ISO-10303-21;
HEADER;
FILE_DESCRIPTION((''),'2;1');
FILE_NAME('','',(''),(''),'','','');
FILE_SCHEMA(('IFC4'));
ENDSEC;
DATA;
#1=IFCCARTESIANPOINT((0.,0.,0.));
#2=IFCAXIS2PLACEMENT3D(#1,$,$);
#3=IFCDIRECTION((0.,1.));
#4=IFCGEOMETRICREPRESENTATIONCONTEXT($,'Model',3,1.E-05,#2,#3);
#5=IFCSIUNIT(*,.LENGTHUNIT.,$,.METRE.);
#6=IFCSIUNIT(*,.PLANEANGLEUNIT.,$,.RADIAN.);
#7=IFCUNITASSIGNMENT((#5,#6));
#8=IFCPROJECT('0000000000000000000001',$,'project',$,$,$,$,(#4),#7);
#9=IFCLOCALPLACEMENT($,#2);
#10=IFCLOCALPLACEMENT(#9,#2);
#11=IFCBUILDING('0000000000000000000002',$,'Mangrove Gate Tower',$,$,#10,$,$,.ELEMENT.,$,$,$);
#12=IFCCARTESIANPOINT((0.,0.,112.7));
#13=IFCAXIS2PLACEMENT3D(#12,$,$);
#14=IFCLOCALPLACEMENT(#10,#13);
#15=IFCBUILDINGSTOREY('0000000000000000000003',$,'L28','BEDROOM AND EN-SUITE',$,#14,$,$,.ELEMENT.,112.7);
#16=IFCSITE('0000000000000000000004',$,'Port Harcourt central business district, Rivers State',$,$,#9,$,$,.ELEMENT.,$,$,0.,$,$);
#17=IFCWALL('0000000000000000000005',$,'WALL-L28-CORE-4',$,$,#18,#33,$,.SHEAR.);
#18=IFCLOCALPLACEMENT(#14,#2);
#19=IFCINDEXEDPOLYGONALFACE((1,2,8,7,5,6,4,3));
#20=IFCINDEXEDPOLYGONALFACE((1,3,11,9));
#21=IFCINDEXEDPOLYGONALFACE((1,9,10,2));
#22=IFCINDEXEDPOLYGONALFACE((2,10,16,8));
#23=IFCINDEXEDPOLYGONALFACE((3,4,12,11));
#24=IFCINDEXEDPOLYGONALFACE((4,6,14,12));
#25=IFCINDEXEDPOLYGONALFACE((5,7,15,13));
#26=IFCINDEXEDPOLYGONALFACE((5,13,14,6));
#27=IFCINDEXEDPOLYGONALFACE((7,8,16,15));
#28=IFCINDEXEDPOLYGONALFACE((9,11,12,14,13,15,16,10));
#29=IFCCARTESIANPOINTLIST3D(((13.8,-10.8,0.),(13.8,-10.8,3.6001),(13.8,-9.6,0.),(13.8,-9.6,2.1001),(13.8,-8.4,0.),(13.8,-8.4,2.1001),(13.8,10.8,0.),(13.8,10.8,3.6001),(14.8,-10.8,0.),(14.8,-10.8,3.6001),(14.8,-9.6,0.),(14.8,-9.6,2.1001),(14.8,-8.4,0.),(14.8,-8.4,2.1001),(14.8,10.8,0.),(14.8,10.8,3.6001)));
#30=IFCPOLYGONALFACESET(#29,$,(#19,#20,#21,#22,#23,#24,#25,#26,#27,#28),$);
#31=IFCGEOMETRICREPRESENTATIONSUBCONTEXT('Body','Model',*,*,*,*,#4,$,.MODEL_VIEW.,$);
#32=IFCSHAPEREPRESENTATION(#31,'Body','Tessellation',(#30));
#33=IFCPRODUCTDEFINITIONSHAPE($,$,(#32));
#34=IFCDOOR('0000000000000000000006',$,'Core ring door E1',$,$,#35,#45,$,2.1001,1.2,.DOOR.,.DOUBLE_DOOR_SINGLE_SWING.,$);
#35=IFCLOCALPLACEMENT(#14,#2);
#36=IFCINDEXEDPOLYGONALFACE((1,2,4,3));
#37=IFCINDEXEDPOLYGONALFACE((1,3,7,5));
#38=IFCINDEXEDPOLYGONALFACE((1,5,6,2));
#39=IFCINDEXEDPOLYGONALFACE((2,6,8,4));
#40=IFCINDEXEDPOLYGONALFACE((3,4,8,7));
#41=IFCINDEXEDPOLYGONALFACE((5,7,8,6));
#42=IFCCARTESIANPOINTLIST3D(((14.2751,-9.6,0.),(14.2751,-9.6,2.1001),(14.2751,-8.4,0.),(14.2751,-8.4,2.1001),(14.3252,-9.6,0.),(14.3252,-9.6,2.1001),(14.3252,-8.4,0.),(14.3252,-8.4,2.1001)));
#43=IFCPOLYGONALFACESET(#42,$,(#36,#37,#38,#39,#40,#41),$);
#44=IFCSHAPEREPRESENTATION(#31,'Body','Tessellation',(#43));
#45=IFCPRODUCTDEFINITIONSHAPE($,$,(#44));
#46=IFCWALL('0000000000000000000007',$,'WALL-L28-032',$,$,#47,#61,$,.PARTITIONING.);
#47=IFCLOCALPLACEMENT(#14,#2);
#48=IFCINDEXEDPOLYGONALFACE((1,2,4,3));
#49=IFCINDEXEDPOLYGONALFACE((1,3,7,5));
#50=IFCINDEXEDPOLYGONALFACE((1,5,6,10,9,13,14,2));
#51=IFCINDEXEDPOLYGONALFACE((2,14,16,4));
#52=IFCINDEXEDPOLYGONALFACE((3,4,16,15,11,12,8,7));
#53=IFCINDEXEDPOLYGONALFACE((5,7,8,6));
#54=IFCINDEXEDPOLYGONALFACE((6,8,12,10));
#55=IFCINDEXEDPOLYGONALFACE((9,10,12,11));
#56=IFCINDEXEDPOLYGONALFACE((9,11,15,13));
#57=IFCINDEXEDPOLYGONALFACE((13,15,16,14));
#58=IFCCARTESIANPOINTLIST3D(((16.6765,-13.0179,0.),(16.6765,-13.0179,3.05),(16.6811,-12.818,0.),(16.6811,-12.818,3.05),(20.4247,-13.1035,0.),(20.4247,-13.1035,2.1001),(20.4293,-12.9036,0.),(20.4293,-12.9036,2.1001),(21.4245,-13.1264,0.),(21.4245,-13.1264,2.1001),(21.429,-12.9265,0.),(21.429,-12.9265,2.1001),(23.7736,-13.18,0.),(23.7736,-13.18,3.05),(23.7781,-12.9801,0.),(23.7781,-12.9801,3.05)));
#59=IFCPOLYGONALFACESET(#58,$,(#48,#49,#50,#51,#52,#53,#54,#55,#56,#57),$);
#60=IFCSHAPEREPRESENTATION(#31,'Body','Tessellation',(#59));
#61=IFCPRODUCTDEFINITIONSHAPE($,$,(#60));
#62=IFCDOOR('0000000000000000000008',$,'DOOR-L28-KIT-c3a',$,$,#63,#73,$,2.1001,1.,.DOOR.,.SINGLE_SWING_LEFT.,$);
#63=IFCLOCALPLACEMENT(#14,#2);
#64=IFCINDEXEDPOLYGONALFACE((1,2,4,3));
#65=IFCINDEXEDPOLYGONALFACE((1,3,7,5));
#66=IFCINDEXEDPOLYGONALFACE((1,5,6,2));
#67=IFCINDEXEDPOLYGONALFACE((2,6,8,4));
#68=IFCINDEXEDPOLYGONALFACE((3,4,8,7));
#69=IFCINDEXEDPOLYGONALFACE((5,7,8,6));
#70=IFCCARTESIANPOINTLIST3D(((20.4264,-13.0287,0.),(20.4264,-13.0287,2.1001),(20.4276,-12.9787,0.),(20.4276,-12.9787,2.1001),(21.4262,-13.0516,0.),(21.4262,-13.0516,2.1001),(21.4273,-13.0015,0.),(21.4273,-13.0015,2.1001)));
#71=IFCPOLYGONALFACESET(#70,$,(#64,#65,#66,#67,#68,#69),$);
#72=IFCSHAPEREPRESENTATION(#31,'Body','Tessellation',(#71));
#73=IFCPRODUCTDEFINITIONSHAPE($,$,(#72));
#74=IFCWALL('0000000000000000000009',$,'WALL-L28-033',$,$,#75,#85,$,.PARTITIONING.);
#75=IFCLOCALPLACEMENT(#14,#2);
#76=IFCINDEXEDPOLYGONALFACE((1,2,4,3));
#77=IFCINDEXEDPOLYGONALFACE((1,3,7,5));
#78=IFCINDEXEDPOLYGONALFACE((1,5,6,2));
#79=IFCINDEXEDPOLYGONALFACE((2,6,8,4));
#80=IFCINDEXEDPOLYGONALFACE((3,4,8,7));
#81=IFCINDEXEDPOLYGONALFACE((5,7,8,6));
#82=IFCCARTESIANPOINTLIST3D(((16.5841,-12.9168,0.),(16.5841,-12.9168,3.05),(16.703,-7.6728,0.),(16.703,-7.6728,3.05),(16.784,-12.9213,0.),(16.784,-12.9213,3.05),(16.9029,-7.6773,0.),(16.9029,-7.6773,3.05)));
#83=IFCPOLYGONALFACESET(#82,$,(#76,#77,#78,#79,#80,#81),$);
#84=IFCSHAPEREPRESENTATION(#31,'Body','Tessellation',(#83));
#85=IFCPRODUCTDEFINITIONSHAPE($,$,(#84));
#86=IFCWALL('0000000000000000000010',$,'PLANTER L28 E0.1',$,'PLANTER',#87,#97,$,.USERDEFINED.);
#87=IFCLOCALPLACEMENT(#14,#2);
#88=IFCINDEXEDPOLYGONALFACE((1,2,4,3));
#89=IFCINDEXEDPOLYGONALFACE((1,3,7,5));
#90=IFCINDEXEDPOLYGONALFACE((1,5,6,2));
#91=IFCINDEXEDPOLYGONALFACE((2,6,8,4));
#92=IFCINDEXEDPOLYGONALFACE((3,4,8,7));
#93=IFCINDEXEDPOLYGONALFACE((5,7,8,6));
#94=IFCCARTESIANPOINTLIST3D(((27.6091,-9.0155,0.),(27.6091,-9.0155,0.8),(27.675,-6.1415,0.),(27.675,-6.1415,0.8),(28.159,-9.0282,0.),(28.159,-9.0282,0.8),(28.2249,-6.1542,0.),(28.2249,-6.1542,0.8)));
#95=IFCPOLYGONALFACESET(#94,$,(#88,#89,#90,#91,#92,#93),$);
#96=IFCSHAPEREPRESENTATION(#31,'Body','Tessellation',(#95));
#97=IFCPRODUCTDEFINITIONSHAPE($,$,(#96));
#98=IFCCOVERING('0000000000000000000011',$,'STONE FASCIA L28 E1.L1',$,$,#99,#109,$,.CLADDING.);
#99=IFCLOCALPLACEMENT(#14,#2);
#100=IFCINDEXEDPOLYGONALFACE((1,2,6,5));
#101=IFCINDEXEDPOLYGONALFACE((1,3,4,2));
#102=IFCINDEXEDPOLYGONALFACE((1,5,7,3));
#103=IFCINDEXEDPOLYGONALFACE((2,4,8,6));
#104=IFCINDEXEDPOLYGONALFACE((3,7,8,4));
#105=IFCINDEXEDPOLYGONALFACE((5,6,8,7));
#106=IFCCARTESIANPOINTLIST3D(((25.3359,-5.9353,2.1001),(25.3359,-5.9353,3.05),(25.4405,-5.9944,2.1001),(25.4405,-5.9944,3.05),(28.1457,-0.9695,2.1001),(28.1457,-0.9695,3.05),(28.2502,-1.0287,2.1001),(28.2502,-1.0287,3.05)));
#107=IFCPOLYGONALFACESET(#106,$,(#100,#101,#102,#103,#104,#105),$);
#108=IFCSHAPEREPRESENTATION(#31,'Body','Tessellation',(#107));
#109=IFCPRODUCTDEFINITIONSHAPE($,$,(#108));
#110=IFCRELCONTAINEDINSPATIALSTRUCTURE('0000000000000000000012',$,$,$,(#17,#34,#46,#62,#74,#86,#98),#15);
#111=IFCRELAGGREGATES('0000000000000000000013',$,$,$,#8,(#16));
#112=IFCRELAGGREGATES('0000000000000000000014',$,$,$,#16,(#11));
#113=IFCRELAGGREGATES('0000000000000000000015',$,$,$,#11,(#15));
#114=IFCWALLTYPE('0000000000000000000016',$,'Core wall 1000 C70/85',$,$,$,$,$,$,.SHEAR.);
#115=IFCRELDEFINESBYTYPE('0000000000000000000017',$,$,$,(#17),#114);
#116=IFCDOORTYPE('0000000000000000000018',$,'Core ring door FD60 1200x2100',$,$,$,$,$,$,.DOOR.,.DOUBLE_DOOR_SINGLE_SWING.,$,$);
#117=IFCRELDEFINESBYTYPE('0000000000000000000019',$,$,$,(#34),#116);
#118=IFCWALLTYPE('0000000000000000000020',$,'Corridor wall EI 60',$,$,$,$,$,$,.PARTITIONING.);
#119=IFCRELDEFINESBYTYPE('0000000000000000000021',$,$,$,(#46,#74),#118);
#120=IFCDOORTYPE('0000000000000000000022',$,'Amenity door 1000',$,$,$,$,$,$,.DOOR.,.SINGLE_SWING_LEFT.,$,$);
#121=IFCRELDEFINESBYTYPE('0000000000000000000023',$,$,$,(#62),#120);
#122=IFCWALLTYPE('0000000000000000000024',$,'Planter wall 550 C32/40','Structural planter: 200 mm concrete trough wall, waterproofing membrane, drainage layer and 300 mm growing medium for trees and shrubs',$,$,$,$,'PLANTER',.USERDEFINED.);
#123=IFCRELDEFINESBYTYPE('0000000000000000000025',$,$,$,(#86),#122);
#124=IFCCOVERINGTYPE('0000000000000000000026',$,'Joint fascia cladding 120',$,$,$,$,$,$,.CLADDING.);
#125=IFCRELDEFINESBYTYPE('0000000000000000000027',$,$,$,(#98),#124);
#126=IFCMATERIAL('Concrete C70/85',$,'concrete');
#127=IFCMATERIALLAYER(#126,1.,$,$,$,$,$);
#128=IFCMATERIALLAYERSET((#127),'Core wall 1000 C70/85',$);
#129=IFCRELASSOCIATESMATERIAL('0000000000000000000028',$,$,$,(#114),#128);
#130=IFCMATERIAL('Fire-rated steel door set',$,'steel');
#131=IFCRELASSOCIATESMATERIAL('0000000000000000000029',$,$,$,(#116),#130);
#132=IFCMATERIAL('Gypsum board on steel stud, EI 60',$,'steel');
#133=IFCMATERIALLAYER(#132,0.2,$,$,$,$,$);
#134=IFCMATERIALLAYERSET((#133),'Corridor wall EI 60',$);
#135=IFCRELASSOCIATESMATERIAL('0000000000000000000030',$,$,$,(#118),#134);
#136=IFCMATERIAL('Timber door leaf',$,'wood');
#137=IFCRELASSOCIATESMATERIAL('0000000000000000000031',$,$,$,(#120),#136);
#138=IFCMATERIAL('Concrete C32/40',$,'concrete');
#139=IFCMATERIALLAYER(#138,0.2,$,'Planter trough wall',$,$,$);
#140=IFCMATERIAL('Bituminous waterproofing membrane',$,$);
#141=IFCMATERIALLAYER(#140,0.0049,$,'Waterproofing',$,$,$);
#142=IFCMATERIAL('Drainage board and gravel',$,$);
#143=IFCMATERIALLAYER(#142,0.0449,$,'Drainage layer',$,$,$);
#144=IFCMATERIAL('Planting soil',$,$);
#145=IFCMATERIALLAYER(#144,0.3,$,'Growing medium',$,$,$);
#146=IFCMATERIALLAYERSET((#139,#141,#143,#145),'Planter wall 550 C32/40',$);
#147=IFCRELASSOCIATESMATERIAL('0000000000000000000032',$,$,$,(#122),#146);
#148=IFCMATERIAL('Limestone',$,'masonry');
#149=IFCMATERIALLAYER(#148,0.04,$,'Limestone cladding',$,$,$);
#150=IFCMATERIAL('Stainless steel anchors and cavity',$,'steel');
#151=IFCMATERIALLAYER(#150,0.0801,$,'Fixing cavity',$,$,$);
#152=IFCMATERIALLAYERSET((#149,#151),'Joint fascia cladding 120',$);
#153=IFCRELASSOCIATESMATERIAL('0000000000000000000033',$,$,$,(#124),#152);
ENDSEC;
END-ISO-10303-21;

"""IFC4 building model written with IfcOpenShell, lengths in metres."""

from ifc_helpers import new_model, si_unit, direction, frame, frame_2d, origin, place, context, subcontext, project, spatial, rectangle, extrude, material, layer, layer_set, type_object, element, fill, save


model = new_model("IFC4")

# Units and contexts
model_context = context("Model", 3, precision=1e-05, world=origin(), true_north=direction((0.0, 1.0)))
body_context = subcontext(model_context, "Body", "Model", "MODEL_VIEW")
ifc_project = project(units=[si_unit("LENGTHUNIT", "METRE"), si_unit("PLANEANGLEUNIT", "RADIAN")], contexts=[model_context])

# Site, building, storey
site_placement = place(None, origin())
site = spatial("IfcSite", under=ifc_project, at=site_placement, Name="Port Harcourt central business district, Rivers State", CompositionType="ELEMENT", RefElevation=0.0)
building_placement = place(site_placement, origin())
building = spatial("IfcBuilding", under=site, at=building_placement, Name="Mangrove Gate Tower", CompositionType="ELEMENT")
storey_placement = place(building_placement, frame((0.0, 0.0, 112.7)))
storey = spatial("IfcBuildingStorey", under=building, at=storey_placement, Name="L28", Description="BEDROOM AND EN-SUITE", CompositionType="ELEMENT", Elevation=112.7)

# Walls, openings, doors
ifc_material_1 = material(Name="Concrete C70/85", Category="concrete")
ifc_layer_1 = layer(ifc_material_1, 1.0)
ifc_layer_set_1 = layer_set([ifc_layer_1], Name="Core wall 1000 C70/85")
wall_type_1 = type_object("IfcWallType", Name="Core wall 1000 C70/85", PredefinedType="SHEAR", material=ifc_layer_set_1)
wall_1_placement = place(storey_placement, frame((14.3, -10.8, 0.0), z_axis=(0.0, 0.0, 1.0), x_axis=(0.0, 1.0, 0.0)))
wall_1 = element("IfcWall", 1, at=wall_1_placement, inside=storey, type_object=wall_type_1, Name="WALL-L28-CORE-4", PredefinedType="SHEAR", context=body_context, shape_type="SweptSolid", body=[
    extrude(rectangle(XDim=21.6001, YDim=1.0, at=frame_2d((10.8, 0.0))), origin(), (0.0, 0.0, 1.0), 3.6001),
])
opening_1_placement = place(wall_1_placement, frame((1.2, 0.0, 0.0)))
opening_1 = element("IfcOpeningElement", 2, at=opening_1_placement, cuts=wall_1, PredefinedType="OPENING", context=body_context, shape_type="SweptSolid", body=[
    extrude(rectangle(XDim=1.2, YDim=2.1001, at=frame_2d((0.6001, 1.05))), frame((0.0, 0.51, 0.0), z_axis=(0.0, -1.0, 0.0), x_axis=(1.0, 0.0, 0.0)), (0.0, 0.0, 1.0), 1.02),
])
ifc_material_2 = material(Name="Fire-rated steel door set", Category="steel")
door_type_1 = type_object("IfcDoorType", Name="Core ring door FD60 1200x2100", OperationType="DOUBLE_DOOR_SINGLE_SWING", PredefinedType="DOOR", material=ifc_material_2)
door_1_placement = place(opening_1_placement, origin())
door_1 = element("IfcDoor", 3, at=door_1_placement, inside=storey, type_object=door_type_1, Name="Core ring door E1", OperationType="DOUBLE_DOOR_SINGLE_SWING", OverallHeight=2.1001, OverallWidth=1.2, PredefinedType="DOOR", context=body_context, shape_type="SweptSolid", body=[
    extrude(rectangle(XDim=1.2, YDim=2.1001, at=frame_2d((0.6001, 1.05))), frame((0.0, 0.0249, 0.0), z_axis=(0.0, -1.0, 0.0), x_axis=(1.0, 0.0, 0.0)), (0.0, 0.0, 1.0), 0.05),
])
fill(opening_1, door_1)
ifc_material_3 = material(Name="Gypsum board on steel stud, EI 60", Category="steel")
ifc_layer_2 = layer(ifc_material_3, 0.2)
ifc_layer_set_2 = layer_set([ifc_layer_2], Name="Corridor wall EI 60")
wall_type_2 = type_object("IfcWallType", Name="Corridor wall EI 60", PredefinedType="PARTITIONING", material=ifc_layer_set_2)
wall_2_placement = place(storey_placement, frame((16.679, -12.918, 0.0), z_axis=(0.0, 0.0, 1.0), x_axis=(0.999739, -0.022836, 0.0)))
wall_2 = element("IfcWall", 4, at=wall_2_placement, inside=storey, type_object=wall_type_2, Name="WALL-L28-032", PredefinedType="PARTITIONING", context=body_context, shape_type="SweptSolid", body=[
    extrude(rectangle(XDim=7.0989, YDim=0.2, at=frame_2d((3.5493, 0.0))), origin(), (0.0, 0.0, 1.0), 3.05),
])
opening_2_placement = place(wall_2_placement, frame((3.749, 0.0, 0.0)))
opening_2 = element("IfcOpeningElement", 5, at=opening_2_placement, cuts=wall_2, PredefinedType="OPENING", context=body_context, shape_type="SweptSolid", body=[
    extrude(rectangle(XDim=1.0, YDim=2.1001, at=frame_2d((0.5, 1.05))), frame((0.0, 0.1099, 0.0), z_axis=(0.0, -1.0, 0.0), x_axis=(1.0, 0.0, 0.0)), (0.0, 0.0, 1.0), 0.22),
])
ifc_material_4 = material(Name="Timber door leaf", Category="wood")
door_type_2 = type_object("IfcDoorType", Name="Amenity door 1000", OperationType="SINGLE_SWING_LEFT", PredefinedType="DOOR", material=ifc_material_4)
door_2_placement = place(opening_2_placement, origin())
door_2 = element("IfcDoor", 6, at=door_2_placement, inside=storey, type_object=door_type_2, Name="DOOR-L28-KIT-c3a", OperationType="SINGLE_SWING_LEFT", OverallHeight=2.1001, OverallWidth=1.0, PredefinedType="DOOR", context=body_context, shape_type="SweptSolid", body=[
    extrude(rectangle(XDim=1.0, YDim=2.1001, at=frame_2d((0.5, 1.05))), frame((0.0, 0.0249, 0.0), z_axis=(0.0, -1.0, 0.0), x_axis=(1.0, 0.0, 0.0)), (0.0, 0.0, 1.0), 0.05),
])
fill(opening_2, door_2)

# Walls
wall_3_placement = place(storey_placement, frame((16.6841, -12.9189, 0.0), z_axis=(0.0, 0.0, 1.0), x_axis=(0.022667, 0.999743, 0.0)))
element("IfcWall", 7, at=wall_3_placement, inside=storey, type_object=wall_type_2, Name="WALL-L28-033", PredefinedType="PARTITIONING", context=body_context, shape_type="SweptSolid", body=[
    extrude(rectangle(XDim=5.2454, YDim=0.2, at=frame_2d((2.6226, 0.0))), origin(), (0.0, 0.0, 1.0), 3.05),
])
ifc_material_5 = material(Name="Concrete C32/40", Category="concrete")
ifc_layer_3 = layer(ifc_material_5, 0.2, Name="Planter trough wall")
ifc_material_6 = material(Name="Bituminous waterproofing membrane")
ifc_layer_4 = layer(ifc_material_6, 0.0049, Name="Waterproofing")
ifc_material_7 = material(Name="Drainage board and gravel")
ifc_layer_5 = layer(ifc_material_7, 0.0449, Name="Drainage layer")
ifc_material_8 = material(Name="Planting soil")
ifc_layer_6 = layer(ifc_material_8, 0.3, Name="Growing medium")
ifc_layer_set_3 = layer_set([ifc_layer_3, ifc_layer_4, ifc_layer_5, ifc_layer_6], Name="Planter wall 550 C32/40")
wall_type_3 = type_object("IfcWallType", Name="Planter wall 550 C32/40", Description="Structural planter: 200 mm concrete trough wall, waterproofing membrane, drainage layer and 300 mm growing medium for trees and shrubs", ElementType="PLANTER", PredefinedType="USERDEFINED", material=ifc_layer_set_3)
wall_4_placement = place(storey_placement, frame((27.884, -9.022, 0.0), z_axis=(0.0, 0.0, 1.0), x_axis=(0.02293, 0.999737, 0.0)))
element("IfcWall", 8, at=wall_4_placement, inside=storey, type_object=wall_type_3, Name="PLANTER L28 E0.1", ObjectType="PLANTER", PredefinedType="USERDEFINED", context=body_context, shape_type="SweptSolid", body=[
    extrude(rectangle(XDim=2.8748, YDim=0.55, at=frame_2d((1.4375, 0.0))), origin(), (0.0, 0.0, 1.0), 0.8),
])

# Covering
ifc_material_9 = material(Name="Limestone", Category="masonry")
ifc_layer_7 = layer(ifc_material_9, 0.04, Name="Limestone cladding")
ifc_material_10 = material(Name="Stainless steel anchors and cavity", Category="steel")
ifc_layer_8 = layer(ifc_material_10, 0.0801, Name="Fixing cavity")
ifc_layer_set_4 = layer_set([ifc_layer_7, ifc_layer_8], Name="Joint fascia cladding 120")
covering_type = type_object("IfcCoveringType", Name="Joint fascia cladding 120", PredefinedType="CLADDING", material=ifc_layer_set_4)
covering_placement = place(storey_placement, frame((25.3882, -5.9648, 2.1001), z_axis=(0.0, 0.0, 1.0), x_axis=(0.492462, 0.870334, 0.0)))
element("IfcCovering", 9, at=covering_placement, inside=storey, type_object=covering_type, Name="STONE FASCIA L28 E1.L1", PredefinedType="CLADDING", context=body_context, shape_type="SweptSolid", body=[
    extrude(rectangle(XDim=5.7056, YDim=0.1201, at=frame_2d((2.8528, 0.0))), origin(), (0.0, 0.0, 1.0), 0.95),
])

save(model, "model.ifc")
